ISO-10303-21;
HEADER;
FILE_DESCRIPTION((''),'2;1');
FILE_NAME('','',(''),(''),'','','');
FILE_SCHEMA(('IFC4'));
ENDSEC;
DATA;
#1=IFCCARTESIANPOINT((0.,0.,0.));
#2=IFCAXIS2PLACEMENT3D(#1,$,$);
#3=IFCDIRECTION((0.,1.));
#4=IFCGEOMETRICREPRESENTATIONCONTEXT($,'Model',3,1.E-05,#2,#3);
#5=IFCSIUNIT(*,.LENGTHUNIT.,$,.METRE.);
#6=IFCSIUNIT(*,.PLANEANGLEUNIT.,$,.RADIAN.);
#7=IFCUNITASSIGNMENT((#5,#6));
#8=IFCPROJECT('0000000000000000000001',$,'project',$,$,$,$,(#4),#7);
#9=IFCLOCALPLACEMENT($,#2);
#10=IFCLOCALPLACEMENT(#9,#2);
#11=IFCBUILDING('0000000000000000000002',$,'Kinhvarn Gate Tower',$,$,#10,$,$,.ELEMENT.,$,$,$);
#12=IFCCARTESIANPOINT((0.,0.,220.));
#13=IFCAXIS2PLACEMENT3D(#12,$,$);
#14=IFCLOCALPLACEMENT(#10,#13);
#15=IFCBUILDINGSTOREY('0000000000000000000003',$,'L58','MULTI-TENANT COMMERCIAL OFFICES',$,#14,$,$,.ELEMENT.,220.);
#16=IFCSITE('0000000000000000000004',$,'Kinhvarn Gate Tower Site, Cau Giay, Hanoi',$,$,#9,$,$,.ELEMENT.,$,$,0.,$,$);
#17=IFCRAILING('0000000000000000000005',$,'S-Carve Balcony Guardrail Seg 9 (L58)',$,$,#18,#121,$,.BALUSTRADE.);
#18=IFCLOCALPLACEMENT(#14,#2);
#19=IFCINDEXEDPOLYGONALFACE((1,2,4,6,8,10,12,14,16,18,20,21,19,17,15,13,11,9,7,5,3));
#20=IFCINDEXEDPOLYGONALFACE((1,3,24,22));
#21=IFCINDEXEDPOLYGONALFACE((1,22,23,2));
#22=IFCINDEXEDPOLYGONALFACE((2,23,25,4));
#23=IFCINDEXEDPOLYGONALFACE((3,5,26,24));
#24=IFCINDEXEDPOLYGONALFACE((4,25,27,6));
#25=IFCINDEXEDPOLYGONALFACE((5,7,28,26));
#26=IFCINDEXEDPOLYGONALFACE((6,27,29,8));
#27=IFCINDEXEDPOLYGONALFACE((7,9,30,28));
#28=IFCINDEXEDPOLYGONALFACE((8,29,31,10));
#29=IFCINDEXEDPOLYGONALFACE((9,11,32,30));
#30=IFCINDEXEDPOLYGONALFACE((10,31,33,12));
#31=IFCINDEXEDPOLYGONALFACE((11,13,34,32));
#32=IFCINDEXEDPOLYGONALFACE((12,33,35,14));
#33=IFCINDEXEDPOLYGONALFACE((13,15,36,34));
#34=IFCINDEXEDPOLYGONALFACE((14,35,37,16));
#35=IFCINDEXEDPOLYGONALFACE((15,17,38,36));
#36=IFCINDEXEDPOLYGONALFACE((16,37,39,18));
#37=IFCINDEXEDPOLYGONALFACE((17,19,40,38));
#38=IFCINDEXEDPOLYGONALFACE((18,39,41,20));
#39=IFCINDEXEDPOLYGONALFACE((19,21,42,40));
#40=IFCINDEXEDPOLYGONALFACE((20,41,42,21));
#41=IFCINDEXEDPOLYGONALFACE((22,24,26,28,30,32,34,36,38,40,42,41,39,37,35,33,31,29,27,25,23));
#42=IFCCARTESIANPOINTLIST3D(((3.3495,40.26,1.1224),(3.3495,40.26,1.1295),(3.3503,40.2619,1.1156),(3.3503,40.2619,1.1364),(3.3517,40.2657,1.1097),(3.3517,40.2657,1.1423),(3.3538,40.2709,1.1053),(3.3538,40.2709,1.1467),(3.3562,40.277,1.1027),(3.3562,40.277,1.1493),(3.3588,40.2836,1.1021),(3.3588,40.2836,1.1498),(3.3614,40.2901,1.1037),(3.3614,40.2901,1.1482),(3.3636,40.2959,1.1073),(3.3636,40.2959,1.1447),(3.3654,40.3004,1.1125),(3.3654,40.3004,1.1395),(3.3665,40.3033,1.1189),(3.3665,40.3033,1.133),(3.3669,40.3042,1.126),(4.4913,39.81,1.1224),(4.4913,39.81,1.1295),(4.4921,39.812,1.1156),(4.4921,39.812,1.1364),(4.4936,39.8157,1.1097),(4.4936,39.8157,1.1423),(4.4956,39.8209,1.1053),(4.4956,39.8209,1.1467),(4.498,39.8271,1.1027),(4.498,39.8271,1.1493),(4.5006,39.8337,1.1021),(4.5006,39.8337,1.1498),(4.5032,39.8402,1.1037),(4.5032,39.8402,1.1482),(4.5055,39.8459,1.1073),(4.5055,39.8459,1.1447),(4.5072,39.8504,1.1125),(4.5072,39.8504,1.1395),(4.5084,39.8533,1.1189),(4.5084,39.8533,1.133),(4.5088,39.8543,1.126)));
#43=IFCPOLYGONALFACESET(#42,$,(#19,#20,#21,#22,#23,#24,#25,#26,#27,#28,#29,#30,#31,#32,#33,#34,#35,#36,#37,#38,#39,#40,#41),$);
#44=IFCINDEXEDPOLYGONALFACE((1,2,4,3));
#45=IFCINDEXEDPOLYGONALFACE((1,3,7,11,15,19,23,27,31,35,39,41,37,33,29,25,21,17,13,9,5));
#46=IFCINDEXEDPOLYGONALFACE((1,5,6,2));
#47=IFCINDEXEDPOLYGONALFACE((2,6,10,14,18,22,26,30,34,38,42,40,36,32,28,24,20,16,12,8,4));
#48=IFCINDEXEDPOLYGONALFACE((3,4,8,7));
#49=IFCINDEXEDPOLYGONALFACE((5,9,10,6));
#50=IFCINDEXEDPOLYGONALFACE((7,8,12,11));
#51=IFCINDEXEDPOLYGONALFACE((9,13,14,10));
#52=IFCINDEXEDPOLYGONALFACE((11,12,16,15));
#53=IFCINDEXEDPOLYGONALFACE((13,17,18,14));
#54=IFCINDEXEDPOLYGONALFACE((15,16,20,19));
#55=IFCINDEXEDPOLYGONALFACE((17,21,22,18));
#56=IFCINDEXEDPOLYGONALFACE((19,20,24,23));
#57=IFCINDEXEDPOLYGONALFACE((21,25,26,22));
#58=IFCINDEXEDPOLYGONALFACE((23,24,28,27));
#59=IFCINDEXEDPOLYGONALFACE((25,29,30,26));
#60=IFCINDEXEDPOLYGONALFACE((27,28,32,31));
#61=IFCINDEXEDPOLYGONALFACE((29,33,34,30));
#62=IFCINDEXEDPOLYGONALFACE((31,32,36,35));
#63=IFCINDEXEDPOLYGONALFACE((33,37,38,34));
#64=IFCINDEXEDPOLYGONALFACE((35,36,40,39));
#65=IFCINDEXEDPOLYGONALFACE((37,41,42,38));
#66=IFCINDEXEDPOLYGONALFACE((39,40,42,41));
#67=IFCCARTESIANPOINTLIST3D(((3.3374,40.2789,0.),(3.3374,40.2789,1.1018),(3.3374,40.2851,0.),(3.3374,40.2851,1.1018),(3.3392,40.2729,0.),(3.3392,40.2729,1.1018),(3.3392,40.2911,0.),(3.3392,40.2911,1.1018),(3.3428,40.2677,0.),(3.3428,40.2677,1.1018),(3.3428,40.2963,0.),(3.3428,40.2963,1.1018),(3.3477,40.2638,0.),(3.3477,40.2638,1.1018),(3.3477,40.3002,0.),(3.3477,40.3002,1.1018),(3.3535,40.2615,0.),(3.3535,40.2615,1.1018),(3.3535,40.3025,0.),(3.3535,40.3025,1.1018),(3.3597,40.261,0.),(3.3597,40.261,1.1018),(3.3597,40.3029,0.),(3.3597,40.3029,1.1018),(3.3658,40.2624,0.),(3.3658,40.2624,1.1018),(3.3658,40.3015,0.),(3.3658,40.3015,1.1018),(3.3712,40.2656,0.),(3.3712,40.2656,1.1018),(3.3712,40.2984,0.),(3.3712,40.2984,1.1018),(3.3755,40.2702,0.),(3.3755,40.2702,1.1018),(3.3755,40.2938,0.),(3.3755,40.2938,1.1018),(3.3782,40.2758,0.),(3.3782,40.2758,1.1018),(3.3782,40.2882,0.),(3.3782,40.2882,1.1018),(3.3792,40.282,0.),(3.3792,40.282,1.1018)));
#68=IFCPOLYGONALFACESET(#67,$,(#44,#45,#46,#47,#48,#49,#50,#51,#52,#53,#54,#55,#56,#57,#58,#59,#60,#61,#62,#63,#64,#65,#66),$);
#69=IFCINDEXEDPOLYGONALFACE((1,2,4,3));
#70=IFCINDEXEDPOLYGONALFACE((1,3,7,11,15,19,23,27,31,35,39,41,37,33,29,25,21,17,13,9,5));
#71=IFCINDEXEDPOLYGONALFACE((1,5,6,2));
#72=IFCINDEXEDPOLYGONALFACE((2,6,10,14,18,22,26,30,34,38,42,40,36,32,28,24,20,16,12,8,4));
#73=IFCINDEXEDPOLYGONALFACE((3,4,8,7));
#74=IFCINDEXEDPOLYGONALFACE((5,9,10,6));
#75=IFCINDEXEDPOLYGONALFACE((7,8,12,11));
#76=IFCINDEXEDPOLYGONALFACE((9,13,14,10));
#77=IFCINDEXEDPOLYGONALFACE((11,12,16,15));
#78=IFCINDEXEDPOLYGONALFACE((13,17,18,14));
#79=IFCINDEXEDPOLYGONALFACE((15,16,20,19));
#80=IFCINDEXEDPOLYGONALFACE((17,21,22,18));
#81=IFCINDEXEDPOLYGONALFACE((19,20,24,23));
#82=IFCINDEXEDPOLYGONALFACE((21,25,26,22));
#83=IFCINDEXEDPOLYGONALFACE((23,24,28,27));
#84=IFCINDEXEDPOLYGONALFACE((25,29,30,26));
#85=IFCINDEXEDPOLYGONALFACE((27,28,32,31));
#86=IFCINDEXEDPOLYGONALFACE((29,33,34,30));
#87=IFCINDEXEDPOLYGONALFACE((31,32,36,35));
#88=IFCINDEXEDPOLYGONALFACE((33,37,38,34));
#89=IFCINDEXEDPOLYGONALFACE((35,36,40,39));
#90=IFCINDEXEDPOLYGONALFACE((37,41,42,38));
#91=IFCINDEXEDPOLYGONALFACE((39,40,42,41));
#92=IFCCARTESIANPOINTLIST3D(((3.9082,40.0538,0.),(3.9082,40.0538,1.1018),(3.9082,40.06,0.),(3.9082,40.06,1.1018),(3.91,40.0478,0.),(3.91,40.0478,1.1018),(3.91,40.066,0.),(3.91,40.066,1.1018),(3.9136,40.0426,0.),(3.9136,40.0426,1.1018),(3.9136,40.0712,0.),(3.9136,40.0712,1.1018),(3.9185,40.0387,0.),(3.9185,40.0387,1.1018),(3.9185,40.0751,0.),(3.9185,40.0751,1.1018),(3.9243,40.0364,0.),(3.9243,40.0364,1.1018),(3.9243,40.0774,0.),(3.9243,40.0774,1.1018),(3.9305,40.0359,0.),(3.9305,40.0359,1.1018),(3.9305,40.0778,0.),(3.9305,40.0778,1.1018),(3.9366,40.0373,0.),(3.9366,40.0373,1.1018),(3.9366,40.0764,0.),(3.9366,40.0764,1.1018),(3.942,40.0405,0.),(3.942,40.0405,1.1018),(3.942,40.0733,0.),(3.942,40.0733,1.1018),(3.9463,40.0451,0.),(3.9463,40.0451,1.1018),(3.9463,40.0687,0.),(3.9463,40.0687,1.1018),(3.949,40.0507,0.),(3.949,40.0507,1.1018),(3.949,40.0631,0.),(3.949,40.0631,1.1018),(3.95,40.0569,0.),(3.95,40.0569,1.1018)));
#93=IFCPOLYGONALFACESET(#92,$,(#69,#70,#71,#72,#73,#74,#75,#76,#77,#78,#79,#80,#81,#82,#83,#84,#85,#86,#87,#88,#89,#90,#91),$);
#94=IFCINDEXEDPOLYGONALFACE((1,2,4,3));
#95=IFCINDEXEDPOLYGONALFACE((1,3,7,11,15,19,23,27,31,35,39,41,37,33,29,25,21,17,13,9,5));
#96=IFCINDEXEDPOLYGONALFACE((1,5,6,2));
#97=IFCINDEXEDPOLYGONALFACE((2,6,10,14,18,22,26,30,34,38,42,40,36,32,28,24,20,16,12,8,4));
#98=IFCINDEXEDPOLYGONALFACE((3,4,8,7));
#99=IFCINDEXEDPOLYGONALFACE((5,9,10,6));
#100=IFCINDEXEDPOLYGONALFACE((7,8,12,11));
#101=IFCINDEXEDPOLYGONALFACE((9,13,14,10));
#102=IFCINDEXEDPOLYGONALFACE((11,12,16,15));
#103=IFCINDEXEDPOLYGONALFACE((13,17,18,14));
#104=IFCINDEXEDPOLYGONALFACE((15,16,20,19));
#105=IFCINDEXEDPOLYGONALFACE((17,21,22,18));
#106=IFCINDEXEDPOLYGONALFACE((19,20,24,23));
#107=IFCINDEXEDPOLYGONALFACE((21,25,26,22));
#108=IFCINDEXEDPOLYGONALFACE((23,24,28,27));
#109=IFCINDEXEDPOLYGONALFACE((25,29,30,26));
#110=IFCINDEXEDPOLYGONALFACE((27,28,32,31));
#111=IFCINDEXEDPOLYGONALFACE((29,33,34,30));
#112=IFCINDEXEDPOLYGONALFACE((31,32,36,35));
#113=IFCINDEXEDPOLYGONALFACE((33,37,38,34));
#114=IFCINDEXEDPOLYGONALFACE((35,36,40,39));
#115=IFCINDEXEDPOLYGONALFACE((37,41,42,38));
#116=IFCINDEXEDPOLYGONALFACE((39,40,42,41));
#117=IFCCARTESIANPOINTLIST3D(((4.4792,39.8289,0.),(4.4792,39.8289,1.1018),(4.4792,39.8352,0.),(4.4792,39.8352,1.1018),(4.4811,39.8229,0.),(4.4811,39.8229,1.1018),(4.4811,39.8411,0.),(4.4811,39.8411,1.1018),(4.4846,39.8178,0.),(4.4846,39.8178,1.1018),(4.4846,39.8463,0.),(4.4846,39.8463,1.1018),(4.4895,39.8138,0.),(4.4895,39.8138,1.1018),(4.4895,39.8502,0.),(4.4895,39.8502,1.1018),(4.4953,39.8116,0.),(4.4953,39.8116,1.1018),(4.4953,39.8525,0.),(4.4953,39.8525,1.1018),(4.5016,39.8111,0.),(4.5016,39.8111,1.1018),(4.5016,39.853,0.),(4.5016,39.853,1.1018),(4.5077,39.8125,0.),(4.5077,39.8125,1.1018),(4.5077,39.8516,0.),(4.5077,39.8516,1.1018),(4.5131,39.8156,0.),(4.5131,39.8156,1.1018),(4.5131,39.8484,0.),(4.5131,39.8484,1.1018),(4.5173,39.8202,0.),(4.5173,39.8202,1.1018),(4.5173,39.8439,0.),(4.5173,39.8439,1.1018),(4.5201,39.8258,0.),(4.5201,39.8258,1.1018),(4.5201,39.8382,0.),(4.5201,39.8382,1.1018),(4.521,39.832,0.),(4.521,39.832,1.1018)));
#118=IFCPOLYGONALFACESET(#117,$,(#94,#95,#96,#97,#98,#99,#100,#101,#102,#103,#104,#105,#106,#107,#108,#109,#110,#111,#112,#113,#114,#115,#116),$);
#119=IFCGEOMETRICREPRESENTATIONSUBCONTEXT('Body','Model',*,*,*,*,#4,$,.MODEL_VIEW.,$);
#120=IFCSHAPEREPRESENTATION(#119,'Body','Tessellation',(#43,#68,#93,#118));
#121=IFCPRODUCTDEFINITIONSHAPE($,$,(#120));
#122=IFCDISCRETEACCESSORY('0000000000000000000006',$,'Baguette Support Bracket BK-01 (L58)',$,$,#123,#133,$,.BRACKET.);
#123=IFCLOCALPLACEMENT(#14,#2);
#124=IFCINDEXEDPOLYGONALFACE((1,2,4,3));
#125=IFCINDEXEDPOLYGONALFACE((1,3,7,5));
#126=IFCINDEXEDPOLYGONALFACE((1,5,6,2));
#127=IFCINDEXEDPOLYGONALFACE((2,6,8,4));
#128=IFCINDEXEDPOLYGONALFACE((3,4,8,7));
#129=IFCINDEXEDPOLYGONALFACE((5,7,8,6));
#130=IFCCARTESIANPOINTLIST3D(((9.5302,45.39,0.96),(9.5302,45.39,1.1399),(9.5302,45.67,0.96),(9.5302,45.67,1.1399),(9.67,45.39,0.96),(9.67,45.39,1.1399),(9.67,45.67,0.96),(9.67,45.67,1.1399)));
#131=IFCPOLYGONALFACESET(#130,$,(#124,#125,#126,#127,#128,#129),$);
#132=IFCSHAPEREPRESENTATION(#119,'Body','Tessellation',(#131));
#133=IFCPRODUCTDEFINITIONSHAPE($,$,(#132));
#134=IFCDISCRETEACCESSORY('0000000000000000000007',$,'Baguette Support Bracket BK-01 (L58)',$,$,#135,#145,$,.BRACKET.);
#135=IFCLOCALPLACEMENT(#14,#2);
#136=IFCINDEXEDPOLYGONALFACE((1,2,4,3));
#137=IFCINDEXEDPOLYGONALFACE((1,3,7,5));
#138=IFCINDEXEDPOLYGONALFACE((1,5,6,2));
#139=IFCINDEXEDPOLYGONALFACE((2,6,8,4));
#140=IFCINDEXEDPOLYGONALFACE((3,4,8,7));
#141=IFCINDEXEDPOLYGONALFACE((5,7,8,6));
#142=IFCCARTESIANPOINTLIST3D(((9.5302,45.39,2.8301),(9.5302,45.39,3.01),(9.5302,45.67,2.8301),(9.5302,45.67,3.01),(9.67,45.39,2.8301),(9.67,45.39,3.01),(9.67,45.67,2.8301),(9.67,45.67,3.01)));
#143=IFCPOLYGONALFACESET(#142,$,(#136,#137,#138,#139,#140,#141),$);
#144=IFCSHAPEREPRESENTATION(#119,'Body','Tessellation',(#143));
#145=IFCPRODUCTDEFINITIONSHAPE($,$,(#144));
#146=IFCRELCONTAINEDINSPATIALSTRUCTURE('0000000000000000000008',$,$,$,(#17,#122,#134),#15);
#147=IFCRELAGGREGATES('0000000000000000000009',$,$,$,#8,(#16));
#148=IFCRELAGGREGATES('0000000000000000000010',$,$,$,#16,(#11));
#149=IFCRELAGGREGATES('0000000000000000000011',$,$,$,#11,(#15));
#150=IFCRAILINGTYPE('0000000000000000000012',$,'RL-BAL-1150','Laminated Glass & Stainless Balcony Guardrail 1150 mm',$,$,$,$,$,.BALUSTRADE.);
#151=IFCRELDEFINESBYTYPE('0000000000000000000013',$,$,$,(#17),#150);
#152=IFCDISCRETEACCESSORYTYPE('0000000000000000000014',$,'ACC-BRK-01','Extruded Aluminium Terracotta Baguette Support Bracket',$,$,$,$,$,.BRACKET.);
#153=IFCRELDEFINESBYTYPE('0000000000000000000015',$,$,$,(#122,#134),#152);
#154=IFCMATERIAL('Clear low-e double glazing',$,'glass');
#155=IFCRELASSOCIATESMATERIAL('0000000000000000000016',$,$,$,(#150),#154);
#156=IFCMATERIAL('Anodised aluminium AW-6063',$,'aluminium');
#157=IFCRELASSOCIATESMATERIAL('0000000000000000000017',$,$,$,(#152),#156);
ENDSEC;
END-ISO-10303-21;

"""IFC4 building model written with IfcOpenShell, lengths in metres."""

from ifc_helpers import new_model, si_unit, direction, frame, origin, origin_2d, place, context, subcontext, project, spatial, rectangle, circle, extrude, material, type_object, element, save


model = new_model("IFC4")

# Units and contexts
model_context = context("Model", 3, precision=1e-05, world=origin(), true_north=direction((0.0, 1.0)))
body_context = subcontext(model_context, "Body", "Model", "MODEL_VIEW")
ifc_project = project(units=[si_unit("LENGTHUNIT", "METRE"), si_unit("PLANEANGLEUNIT", "RADIAN")], contexts=[model_context])

# Site, building, storey
site_placement = place(None, origin())
site = spatial("IfcSite", under=ifc_project, at=site_placement, Name="Kinhvarn Gate Tower Site, Cau Giay, Hanoi", CompositionType="ELEMENT", RefElevation=0.0)
building_placement = place(site_placement, origin())
building = spatial("IfcBuilding", under=site, at=building_placement, Name="Kinhvarn Gate Tower", CompositionType="ELEMENT")
storey_placement = place(building_placement, frame((0.0, 0.0, 220.0)))
storey = spatial("IfcBuildingStorey", under=building, at=storey_placement, Name="L58", Description="MULTI-TENANT COMMERCIAL OFFICES", CompositionType="ELEMENT", Elevation=220.0)

# Shared definitions
ifc_material_1 = material(Name="Anodised aluminium AW-6063", Category="aluminium")

# Shared definitions
ifc_material_2 = material(Name="Clear low-e double glazing", Category="glass")

# Railing
railing_type = type_object("IfcRailingType", Name="RL-BAL-1150", Description="Laminated Glass & Stainless Balcony Guardrail 1150 mm", PredefinedType="BALUSTRADE", material=ifc_material_2)
railing_1_placement = place(storey_placement, frame((3.3582, 40.282, 0.0)))
element("IfcRailing", 1, at=railing_1_placement, inside=storey, type_object=railing_type, Name="S-Carve Balcony Guardrail Seg 9 (L58)", PredefinedType="BALUSTRADE", context=body_context, shape_type="SweptSolid", body=[
    extrude(circle(Radius=0.0239, at=origin_2d()), frame((0.0, 0.0, 1.126), z_axis=(0.930371, -0.366618, 0.0), x_axis=(0.366618, 0.930371, 0.0)), (0.0, 0.0, 1.0), 1.2273),
    extrude(circle(Radius=0.021, at=origin_2d()), origin(), (0.0, 0.0, 1.0), 1.1018),
    extrude(circle(Radius=0.021, at=origin_2d()), frame((0.5708, -0.2251, 0.0)), (0.0, 0.0, 1.0), 1.1018),
    extrude(circle(Radius=0.021, at=origin_2d()), frame((1.1418, -0.45, 0.0)), (0.0, 0.0, 1.0), 1.1018),
])

# Discrete accessories
discrete_accessory_type = type_object("IfcDiscreteAccessoryType", Name="ACC-BRK-01", Description="Extruded Aluminium Terracotta Baguette Support Bracket", PredefinedType="BRACKET", material=ifc_material_1)
for number, where, z_axis, x_axis, name in (
    (2, (9.6001, 45.53, 0.96), (0.0, 0.0, 1.0), (-1.0, 0.0, 0.0), "Baguette Support Bracket BK-01 (L58)"),
    (3, (9.6001, 45.53, 2.8301), (0.0, 0.0, 1.0), (-1.0, 0.0, 0.0), "Baguette Support Bracket BK-01 (L58)"),
):
    element("IfcDiscreteAccessory", number, at=place(storey_placement, frame(where, z_axis=z_axis, x_axis=x_axis)), inside=storey, type_object=discrete_accessory_type, Name=name, PredefinedType="BRACKET", context=body_context, shape_type="SweptSolid", body=[
        extrude(rectangle(XDim=0.1399, YDim=0.28, at=origin_2d()), origin(), (0.0, 0.0, 1.0), 0.1799),
    ])

save(model, "model.ifc")
